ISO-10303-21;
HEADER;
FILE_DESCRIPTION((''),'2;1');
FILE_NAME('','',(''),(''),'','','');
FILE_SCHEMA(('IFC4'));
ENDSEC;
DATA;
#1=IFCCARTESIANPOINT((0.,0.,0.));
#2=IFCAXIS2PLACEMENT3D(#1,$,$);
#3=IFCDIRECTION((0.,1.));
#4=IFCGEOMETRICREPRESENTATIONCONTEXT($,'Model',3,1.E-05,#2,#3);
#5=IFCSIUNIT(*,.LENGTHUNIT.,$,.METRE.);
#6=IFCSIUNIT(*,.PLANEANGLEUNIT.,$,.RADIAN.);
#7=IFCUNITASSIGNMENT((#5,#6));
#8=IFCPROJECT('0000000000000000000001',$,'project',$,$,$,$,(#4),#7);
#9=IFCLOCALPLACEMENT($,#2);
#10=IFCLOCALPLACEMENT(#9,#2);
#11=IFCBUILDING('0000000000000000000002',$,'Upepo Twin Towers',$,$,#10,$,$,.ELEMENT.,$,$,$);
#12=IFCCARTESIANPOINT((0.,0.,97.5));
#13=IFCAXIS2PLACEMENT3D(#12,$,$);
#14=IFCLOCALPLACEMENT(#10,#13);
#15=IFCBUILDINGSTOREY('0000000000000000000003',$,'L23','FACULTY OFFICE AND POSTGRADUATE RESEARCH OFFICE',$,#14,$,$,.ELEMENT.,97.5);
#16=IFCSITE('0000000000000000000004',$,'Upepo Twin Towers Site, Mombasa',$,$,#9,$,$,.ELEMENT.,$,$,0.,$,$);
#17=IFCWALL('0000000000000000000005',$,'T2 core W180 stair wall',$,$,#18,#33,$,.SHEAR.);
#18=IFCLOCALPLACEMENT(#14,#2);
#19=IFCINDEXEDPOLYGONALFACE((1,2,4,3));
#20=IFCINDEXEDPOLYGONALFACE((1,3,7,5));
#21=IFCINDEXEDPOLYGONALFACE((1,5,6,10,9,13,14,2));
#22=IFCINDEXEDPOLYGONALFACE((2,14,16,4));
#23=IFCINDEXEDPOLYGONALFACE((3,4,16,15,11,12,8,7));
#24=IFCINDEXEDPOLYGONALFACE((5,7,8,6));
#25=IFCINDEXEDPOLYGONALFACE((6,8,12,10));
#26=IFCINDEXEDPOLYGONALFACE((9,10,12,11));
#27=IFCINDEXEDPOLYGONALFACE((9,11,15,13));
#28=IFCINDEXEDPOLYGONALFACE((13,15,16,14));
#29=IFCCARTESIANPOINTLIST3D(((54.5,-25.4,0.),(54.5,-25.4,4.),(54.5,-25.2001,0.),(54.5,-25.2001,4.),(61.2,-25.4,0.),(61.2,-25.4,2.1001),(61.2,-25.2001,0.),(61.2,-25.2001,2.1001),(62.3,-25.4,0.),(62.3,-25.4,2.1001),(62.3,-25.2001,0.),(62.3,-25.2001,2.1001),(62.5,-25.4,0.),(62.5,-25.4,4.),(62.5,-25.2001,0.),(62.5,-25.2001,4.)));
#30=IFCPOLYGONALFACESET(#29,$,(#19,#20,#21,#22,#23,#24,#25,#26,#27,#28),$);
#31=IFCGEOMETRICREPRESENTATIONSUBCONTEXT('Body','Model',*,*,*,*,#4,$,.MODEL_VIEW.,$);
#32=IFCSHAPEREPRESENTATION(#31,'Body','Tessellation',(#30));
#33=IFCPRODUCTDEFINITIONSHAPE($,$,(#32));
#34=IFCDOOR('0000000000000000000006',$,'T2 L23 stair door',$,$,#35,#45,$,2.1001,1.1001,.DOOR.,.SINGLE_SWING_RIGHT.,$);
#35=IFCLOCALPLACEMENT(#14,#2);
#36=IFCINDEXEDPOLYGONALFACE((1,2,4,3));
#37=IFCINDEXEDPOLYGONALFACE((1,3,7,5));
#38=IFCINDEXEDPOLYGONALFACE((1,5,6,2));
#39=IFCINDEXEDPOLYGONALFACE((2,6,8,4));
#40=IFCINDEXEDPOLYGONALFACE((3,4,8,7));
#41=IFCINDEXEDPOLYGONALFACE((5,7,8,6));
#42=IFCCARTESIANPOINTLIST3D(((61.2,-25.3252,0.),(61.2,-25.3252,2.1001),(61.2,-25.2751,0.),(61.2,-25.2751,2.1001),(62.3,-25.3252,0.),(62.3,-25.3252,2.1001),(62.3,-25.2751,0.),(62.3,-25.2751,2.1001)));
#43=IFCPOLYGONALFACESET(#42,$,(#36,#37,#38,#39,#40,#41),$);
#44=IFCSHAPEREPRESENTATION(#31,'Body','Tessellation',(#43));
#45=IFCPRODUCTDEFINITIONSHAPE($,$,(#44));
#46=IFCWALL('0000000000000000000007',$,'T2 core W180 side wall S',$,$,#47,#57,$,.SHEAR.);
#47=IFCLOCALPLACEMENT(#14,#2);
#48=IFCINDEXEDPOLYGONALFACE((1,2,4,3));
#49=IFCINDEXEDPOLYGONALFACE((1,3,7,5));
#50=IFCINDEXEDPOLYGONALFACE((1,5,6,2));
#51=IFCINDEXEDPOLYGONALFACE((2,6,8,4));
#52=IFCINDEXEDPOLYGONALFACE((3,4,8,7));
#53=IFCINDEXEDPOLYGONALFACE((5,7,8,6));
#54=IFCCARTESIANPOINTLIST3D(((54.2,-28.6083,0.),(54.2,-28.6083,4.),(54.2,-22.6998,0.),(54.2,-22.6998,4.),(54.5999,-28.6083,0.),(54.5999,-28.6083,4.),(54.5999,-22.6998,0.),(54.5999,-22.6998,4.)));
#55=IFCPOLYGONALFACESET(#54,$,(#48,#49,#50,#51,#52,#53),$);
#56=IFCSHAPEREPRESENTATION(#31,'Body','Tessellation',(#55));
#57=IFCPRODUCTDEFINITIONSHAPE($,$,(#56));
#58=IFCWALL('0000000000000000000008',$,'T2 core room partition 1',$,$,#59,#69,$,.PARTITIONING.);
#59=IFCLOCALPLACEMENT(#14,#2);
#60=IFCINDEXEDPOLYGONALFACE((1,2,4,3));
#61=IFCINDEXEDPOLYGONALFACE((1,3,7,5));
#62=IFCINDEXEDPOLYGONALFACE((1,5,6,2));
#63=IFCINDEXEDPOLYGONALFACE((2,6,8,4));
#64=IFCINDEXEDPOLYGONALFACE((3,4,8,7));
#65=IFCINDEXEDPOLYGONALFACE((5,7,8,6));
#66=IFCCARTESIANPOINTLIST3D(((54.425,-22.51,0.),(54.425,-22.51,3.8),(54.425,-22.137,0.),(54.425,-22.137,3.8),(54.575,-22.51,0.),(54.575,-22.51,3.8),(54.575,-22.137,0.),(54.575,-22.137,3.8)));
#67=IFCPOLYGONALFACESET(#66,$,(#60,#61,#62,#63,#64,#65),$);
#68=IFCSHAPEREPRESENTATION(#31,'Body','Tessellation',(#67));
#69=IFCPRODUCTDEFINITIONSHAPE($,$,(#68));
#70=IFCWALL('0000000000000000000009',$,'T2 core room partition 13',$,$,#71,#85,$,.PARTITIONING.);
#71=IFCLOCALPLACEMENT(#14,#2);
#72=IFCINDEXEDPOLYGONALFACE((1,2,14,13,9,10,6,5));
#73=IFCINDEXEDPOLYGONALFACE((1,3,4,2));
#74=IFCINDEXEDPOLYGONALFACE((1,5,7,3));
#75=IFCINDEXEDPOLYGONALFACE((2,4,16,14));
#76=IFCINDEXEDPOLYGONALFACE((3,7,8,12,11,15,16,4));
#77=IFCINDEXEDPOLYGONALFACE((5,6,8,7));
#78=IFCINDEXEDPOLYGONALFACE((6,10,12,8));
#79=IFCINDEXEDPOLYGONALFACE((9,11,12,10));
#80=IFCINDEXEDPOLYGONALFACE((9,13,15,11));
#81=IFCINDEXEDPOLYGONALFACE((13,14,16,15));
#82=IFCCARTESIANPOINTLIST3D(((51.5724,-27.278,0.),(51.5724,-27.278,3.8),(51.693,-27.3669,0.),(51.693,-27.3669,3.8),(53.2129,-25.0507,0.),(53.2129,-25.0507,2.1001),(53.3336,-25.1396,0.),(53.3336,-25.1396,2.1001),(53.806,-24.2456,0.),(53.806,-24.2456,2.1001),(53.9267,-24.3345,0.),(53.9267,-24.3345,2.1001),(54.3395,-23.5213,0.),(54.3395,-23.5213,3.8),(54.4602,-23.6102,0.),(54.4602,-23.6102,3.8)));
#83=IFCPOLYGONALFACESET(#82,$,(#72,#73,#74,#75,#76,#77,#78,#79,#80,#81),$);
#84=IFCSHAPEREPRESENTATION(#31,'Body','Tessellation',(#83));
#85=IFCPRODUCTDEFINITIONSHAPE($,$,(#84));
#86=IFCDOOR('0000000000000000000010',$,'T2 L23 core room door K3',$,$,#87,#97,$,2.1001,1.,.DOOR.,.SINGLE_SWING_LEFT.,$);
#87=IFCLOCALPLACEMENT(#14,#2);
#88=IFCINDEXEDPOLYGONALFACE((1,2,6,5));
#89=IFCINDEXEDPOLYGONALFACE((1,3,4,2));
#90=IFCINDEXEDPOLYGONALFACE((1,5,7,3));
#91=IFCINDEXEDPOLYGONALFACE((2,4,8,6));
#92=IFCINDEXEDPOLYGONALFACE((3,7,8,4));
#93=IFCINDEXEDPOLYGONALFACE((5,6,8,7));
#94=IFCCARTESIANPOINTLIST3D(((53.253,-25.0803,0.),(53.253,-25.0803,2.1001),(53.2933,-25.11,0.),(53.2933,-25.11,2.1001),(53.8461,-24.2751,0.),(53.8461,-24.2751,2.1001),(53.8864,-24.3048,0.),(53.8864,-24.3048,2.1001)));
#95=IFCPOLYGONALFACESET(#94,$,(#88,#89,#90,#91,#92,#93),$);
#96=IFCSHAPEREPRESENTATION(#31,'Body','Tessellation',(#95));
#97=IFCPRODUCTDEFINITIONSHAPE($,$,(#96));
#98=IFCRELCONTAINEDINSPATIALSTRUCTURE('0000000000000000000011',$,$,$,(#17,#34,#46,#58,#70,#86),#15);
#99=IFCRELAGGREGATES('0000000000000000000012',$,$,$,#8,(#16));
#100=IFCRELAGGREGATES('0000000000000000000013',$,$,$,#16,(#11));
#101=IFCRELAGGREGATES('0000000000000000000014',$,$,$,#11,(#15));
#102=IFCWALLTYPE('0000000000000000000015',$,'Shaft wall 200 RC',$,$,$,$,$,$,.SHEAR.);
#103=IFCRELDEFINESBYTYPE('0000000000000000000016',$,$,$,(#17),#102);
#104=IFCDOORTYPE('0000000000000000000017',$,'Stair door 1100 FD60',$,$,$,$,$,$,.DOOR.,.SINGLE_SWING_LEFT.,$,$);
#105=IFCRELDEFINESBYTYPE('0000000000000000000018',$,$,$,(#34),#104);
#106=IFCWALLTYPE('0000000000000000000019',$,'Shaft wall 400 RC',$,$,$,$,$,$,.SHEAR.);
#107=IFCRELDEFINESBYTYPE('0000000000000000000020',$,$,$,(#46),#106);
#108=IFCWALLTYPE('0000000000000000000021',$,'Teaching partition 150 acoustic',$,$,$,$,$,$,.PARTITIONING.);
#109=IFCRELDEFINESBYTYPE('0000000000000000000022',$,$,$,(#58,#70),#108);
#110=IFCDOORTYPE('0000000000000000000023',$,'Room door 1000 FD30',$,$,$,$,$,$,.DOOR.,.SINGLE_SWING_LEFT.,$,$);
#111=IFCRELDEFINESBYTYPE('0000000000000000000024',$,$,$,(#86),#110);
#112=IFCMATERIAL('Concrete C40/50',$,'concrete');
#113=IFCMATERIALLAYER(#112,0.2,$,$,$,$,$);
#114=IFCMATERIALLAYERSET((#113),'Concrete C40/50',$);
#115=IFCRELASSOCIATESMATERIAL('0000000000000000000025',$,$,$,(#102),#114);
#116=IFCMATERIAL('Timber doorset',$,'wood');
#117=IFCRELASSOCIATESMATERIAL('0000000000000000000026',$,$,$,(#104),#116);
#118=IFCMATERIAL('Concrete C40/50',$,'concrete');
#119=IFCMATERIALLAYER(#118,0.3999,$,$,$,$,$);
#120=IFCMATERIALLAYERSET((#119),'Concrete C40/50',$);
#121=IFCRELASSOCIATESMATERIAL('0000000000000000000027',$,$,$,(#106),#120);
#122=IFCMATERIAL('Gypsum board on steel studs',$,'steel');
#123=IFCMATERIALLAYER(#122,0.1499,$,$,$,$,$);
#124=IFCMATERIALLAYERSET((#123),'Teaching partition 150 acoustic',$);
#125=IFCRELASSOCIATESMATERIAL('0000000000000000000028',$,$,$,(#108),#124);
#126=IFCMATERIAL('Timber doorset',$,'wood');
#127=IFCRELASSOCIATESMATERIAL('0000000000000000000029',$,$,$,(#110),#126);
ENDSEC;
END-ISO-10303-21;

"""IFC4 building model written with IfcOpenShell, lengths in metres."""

from ifc_helpers import new_model, si_unit, direction, frame, frame_2d, origin, place, context, subcontext, project, spatial, rectangle, extrude, material, layer, layer_set, type_object, element, fill, save


model = new_model("IFC4")

# Units and contexts
model_context = context("Model", 3, precision=1e-05, world=origin(), true_north=direction((0.0, 1.0)))
body_context = subcontext(model_context, "Body", "Model", "MODEL_VIEW")
ifc_project = project(units=[si_unit("LENGTHUNIT", "METRE"), si_unit("PLANEANGLEUNIT", "RADIAN")], contexts=[model_context])

# Site, building, storey
site_placement = place(None, origin())
site = spatial("IfcSite", under=ifc_project, at=site_placement, Name="Upepo Twin Towers Site, Mombasa", CompositionType="ELEMENT", RefElevation=0.0)
building_placement = place(site_placement, origin())
building = spatial("IfcBuilding", under=site, at=building_placement, Name="Upepo Twin Towers", CompositionType="ELEMENT")
storey_placement = place(building_placement, frame((0.0, 0.0, 97.5)))
storey = spatial("IfcBuildingStorey", under=building, at=storey_placement, Name="L23", Description="FACULTY OFFICE AND POSTGRADUATE RESEARCH OFFICE", CompositionType="ELEMENT", Elevation=97.5)

# Shared definitions
ifc_material_1 = material(Name="Concrete C40/50", Category="concrete")
ifc_layer_1 = layer(ifc_material_1, 0.2)
ifc_layer_set_1 = layer_set([ifc_layer_1], Name="Concrete C40/50")
wall_type_1 = type_object("IfcWallType", Name="Shaft wall 200 RC", PredefinedType="SHEAR", material=ifc_layer_set_1)

# Wall, opening, door
wall_1_placement = place(storey_placement, frame((54.5, -25.3, 0.0), z_axis=(0.0, 0.0, 1.0), x_axis=(1.0, 0.0, 0.0)))
wall_1 = element("IfcWall", 1, at=wall_1_placement, inside=storey, type_object=wall_type_1, Name="T2 core W180 stair wall", PredefinedType="SHEAR", context=body_context, shape_type="SweptSolid", body=[
    extrude(rectangle(XDim=8.0, YDim=0.2, at=frame_2d((4.0, 0.0))), origin(), (0.0, 0.0, 1.0), 4.0),
])
opening_1_placement = place(wall_1_placement, frame((6.7, 0.0, 0.0)))
opening_1 = element("IfcOpeningElement", 2, at=opening_1_placement, cuts=wall_1, PredefinedType="OPENING", context=body_context, shape_type="SweptSolid", body=[
    extrude(rectangle(XDim=1.1001, YDim=2.1001, at=frame_2d((0.55, 1.05))), frame((0.0, 0.1099, 0.0), z_axis=(0.0, -1.0, 0.0), x_axis=(1.0, 0.0, 0.0)), (0.0, 0.0, 1.0), 0.22),
])
ifc_material_2 = material(Name="Timber doorset", Category="wood")
door_type_1 = type_object("IfcDoorType", Name="Stair door 1100 FD60", OperationType="SINGLE_SWING_LEFT", PredefinedType="DOOR", material=ifc_material_2)
door_1_placement = place(opening_1_placement, origin())
door_1 = element("IfcDoor", 3, at=door_1_placement, inside=storey, type_object=door_type_1, Name="T2 L23 stair door", OperationType="SINGLE_SWING_RIGHT", OverallHeight=2.1001, OverallWidth=1.1001, PredefinedType="DOOR", context=body_context, shape_type="SweptSolid", body=[
    extrude(rectangle(XDim=1.1001, YDim=2.1001, at=frame_2d((0.55, 1.05))), frame((0.0, 0.0249, 0.0), z_axis=(0.0, -1.0, 0.0), x_axis=(1.0, 0.0, 0.0)), (0.0, 0.0, 1.0), 0.05),
])
fill(opening_1, door_1)

# Walls
ifc_material_3 = material(Name="Concrete C40/50", Category="concrete")
ifc_layer_2 = layer(ifc_material_3, 0.3999)
ifc_layer_set_2 = layer_set([ifc_layer_2], Name="Concrete C40/50")
wall_type_2 = type_object("IfcWallType", Name="Shaft wall 400 RC", PredefinedType="SHEAR", material=ifc_layer_set_2)
wall_2_placement = place(storey_placement, frame((54.3999, -22.7, 0.0), z_axis=(0.0, 0.0, 1.0), x_axis=(0.0, -1.0, 0.0)))
element("IfcWall", 4, at=wall_2_placement, inside=storey, type_object=wall_type_2, Name="T2 core W180 side wall S", PredefinedType="SHEAR", context=body_context, shape_type="SweptSolid", body=[
    extrude(rectangle(XDim=5.9084, YDim=0.3999, at=frame_2d((2.9541, 0.0))), origin(), (0.0, 0.0, 1.0), 4.0),
])
ifc_material_4 = material(Name="Gypsum board on steel studs", Category="steel")
ifc_layer_3 = layer(ifc_material_4, 0.1499)
ifc_layer_set_3 = layer_set([ifc_layer_3], Name="Teaching partition 150 acoustic")
wall_type_3 = type_object("IfcWallType", Name="Teaching partition 150 acoustic", PredefinedType="PARTITIONING", material=ifc_layer_set_3)
wall_3_placement = place(storey_placement, frame((54.5, -22.51, 0.0), z_axis=(0.0, 0.0, 1.0), x_axis=(0.0, 1.0, 0.0)))
element("IfcWall", 5, at=wall_3_placement, inside=storey, type_object=wall_type_3, Name="T2 core room partition 1", PredefinedType="PARTITIONING", context=body_context, shape_type="SweptSolid", body=[
    extrude(rectangle(XDim=0.373, YDim=0.1499, at=frame_2d((0.1865, 0.0))), origin(), (0.0, 0.0, 1.0), 3.8),
])

# Wall, opening, door
wall_4_placement = place(storey_placement, frame((54.3999, -23.5657, 0.0), z_axis=(0.0, 0.0, 1.0), x_axis=(-0.593071, -0.805151, 0.0)))
wall_4 = element("IfcWall", 6, at=wall_4_placement, inside=storey, type_object=wall_type_3, Name="T2 core room partition 13", PredefinedType="PARTITIONING", context=body_context, shape_type="SweptSolid", body=[
    extrude(rectangle(XDim=4.6658, YDim=0.1499, at=frame_2d((2.333, 0.0))), origin(), (0.0, 0.0, 1.0), 3.8),
])
opening_2_placement = place(wall_4_placement, frame((0.8997, 0.0, 0.0)))
opening_2 = element("IfcOpeningElement", 7, at=opening_2_placement, cuts=wall_4, PredefinedType="OPENING", context=body_context, shape_type="SweptSolid", body=[
    extrude(rectangle(XDim=1.0, YDim=2.1001, at=frame_2d((0.5, 1.05))), frame((0.0, 0.085, 0.0), z_axis=(0.0, -1.0, 0.0), x_axis=(1.0, 0.0, 0.0)), (0.0, 0.0, 1.0), 0.1699),
])
ifc_material_5 = material(Name="Timber doorset", Category="wood")
door_type_2 = type_object("IfcDoorType", Name="Room door 1000 FD30", OperationType="SINGLE_SWING_LEFT", PredefinedType="DOOR", material=ifc_material_5)
door_2_placement = place(opening_2_placement, origin())
door_2 = element("IfcDoor", 8, at=door_2_placement, inside=storey, type_object=door_type_2, Name="T2 L23 core room door K3", OperationType="SINGLE_SWING_LEFT", OverallHeight=2.1001, OverallWidth=1.0, PredefinedType="DOOR", context=body_context, shape_type="SweptSolid", body=[
    extrude(rectangle(XDim=1.0, YDim=2.1001, at=frame_2d((0.5, 1.05))), frame((0.0, 0.0249, 0.0), z_axis=(0.0, -1.0, 0.0), x_axis=(1.0, 0.0, 0.0)), (0.0, 0.0, 1.0), 0.05),
])
fill(opening_2, door_2)

save(model, "model.ifc")
